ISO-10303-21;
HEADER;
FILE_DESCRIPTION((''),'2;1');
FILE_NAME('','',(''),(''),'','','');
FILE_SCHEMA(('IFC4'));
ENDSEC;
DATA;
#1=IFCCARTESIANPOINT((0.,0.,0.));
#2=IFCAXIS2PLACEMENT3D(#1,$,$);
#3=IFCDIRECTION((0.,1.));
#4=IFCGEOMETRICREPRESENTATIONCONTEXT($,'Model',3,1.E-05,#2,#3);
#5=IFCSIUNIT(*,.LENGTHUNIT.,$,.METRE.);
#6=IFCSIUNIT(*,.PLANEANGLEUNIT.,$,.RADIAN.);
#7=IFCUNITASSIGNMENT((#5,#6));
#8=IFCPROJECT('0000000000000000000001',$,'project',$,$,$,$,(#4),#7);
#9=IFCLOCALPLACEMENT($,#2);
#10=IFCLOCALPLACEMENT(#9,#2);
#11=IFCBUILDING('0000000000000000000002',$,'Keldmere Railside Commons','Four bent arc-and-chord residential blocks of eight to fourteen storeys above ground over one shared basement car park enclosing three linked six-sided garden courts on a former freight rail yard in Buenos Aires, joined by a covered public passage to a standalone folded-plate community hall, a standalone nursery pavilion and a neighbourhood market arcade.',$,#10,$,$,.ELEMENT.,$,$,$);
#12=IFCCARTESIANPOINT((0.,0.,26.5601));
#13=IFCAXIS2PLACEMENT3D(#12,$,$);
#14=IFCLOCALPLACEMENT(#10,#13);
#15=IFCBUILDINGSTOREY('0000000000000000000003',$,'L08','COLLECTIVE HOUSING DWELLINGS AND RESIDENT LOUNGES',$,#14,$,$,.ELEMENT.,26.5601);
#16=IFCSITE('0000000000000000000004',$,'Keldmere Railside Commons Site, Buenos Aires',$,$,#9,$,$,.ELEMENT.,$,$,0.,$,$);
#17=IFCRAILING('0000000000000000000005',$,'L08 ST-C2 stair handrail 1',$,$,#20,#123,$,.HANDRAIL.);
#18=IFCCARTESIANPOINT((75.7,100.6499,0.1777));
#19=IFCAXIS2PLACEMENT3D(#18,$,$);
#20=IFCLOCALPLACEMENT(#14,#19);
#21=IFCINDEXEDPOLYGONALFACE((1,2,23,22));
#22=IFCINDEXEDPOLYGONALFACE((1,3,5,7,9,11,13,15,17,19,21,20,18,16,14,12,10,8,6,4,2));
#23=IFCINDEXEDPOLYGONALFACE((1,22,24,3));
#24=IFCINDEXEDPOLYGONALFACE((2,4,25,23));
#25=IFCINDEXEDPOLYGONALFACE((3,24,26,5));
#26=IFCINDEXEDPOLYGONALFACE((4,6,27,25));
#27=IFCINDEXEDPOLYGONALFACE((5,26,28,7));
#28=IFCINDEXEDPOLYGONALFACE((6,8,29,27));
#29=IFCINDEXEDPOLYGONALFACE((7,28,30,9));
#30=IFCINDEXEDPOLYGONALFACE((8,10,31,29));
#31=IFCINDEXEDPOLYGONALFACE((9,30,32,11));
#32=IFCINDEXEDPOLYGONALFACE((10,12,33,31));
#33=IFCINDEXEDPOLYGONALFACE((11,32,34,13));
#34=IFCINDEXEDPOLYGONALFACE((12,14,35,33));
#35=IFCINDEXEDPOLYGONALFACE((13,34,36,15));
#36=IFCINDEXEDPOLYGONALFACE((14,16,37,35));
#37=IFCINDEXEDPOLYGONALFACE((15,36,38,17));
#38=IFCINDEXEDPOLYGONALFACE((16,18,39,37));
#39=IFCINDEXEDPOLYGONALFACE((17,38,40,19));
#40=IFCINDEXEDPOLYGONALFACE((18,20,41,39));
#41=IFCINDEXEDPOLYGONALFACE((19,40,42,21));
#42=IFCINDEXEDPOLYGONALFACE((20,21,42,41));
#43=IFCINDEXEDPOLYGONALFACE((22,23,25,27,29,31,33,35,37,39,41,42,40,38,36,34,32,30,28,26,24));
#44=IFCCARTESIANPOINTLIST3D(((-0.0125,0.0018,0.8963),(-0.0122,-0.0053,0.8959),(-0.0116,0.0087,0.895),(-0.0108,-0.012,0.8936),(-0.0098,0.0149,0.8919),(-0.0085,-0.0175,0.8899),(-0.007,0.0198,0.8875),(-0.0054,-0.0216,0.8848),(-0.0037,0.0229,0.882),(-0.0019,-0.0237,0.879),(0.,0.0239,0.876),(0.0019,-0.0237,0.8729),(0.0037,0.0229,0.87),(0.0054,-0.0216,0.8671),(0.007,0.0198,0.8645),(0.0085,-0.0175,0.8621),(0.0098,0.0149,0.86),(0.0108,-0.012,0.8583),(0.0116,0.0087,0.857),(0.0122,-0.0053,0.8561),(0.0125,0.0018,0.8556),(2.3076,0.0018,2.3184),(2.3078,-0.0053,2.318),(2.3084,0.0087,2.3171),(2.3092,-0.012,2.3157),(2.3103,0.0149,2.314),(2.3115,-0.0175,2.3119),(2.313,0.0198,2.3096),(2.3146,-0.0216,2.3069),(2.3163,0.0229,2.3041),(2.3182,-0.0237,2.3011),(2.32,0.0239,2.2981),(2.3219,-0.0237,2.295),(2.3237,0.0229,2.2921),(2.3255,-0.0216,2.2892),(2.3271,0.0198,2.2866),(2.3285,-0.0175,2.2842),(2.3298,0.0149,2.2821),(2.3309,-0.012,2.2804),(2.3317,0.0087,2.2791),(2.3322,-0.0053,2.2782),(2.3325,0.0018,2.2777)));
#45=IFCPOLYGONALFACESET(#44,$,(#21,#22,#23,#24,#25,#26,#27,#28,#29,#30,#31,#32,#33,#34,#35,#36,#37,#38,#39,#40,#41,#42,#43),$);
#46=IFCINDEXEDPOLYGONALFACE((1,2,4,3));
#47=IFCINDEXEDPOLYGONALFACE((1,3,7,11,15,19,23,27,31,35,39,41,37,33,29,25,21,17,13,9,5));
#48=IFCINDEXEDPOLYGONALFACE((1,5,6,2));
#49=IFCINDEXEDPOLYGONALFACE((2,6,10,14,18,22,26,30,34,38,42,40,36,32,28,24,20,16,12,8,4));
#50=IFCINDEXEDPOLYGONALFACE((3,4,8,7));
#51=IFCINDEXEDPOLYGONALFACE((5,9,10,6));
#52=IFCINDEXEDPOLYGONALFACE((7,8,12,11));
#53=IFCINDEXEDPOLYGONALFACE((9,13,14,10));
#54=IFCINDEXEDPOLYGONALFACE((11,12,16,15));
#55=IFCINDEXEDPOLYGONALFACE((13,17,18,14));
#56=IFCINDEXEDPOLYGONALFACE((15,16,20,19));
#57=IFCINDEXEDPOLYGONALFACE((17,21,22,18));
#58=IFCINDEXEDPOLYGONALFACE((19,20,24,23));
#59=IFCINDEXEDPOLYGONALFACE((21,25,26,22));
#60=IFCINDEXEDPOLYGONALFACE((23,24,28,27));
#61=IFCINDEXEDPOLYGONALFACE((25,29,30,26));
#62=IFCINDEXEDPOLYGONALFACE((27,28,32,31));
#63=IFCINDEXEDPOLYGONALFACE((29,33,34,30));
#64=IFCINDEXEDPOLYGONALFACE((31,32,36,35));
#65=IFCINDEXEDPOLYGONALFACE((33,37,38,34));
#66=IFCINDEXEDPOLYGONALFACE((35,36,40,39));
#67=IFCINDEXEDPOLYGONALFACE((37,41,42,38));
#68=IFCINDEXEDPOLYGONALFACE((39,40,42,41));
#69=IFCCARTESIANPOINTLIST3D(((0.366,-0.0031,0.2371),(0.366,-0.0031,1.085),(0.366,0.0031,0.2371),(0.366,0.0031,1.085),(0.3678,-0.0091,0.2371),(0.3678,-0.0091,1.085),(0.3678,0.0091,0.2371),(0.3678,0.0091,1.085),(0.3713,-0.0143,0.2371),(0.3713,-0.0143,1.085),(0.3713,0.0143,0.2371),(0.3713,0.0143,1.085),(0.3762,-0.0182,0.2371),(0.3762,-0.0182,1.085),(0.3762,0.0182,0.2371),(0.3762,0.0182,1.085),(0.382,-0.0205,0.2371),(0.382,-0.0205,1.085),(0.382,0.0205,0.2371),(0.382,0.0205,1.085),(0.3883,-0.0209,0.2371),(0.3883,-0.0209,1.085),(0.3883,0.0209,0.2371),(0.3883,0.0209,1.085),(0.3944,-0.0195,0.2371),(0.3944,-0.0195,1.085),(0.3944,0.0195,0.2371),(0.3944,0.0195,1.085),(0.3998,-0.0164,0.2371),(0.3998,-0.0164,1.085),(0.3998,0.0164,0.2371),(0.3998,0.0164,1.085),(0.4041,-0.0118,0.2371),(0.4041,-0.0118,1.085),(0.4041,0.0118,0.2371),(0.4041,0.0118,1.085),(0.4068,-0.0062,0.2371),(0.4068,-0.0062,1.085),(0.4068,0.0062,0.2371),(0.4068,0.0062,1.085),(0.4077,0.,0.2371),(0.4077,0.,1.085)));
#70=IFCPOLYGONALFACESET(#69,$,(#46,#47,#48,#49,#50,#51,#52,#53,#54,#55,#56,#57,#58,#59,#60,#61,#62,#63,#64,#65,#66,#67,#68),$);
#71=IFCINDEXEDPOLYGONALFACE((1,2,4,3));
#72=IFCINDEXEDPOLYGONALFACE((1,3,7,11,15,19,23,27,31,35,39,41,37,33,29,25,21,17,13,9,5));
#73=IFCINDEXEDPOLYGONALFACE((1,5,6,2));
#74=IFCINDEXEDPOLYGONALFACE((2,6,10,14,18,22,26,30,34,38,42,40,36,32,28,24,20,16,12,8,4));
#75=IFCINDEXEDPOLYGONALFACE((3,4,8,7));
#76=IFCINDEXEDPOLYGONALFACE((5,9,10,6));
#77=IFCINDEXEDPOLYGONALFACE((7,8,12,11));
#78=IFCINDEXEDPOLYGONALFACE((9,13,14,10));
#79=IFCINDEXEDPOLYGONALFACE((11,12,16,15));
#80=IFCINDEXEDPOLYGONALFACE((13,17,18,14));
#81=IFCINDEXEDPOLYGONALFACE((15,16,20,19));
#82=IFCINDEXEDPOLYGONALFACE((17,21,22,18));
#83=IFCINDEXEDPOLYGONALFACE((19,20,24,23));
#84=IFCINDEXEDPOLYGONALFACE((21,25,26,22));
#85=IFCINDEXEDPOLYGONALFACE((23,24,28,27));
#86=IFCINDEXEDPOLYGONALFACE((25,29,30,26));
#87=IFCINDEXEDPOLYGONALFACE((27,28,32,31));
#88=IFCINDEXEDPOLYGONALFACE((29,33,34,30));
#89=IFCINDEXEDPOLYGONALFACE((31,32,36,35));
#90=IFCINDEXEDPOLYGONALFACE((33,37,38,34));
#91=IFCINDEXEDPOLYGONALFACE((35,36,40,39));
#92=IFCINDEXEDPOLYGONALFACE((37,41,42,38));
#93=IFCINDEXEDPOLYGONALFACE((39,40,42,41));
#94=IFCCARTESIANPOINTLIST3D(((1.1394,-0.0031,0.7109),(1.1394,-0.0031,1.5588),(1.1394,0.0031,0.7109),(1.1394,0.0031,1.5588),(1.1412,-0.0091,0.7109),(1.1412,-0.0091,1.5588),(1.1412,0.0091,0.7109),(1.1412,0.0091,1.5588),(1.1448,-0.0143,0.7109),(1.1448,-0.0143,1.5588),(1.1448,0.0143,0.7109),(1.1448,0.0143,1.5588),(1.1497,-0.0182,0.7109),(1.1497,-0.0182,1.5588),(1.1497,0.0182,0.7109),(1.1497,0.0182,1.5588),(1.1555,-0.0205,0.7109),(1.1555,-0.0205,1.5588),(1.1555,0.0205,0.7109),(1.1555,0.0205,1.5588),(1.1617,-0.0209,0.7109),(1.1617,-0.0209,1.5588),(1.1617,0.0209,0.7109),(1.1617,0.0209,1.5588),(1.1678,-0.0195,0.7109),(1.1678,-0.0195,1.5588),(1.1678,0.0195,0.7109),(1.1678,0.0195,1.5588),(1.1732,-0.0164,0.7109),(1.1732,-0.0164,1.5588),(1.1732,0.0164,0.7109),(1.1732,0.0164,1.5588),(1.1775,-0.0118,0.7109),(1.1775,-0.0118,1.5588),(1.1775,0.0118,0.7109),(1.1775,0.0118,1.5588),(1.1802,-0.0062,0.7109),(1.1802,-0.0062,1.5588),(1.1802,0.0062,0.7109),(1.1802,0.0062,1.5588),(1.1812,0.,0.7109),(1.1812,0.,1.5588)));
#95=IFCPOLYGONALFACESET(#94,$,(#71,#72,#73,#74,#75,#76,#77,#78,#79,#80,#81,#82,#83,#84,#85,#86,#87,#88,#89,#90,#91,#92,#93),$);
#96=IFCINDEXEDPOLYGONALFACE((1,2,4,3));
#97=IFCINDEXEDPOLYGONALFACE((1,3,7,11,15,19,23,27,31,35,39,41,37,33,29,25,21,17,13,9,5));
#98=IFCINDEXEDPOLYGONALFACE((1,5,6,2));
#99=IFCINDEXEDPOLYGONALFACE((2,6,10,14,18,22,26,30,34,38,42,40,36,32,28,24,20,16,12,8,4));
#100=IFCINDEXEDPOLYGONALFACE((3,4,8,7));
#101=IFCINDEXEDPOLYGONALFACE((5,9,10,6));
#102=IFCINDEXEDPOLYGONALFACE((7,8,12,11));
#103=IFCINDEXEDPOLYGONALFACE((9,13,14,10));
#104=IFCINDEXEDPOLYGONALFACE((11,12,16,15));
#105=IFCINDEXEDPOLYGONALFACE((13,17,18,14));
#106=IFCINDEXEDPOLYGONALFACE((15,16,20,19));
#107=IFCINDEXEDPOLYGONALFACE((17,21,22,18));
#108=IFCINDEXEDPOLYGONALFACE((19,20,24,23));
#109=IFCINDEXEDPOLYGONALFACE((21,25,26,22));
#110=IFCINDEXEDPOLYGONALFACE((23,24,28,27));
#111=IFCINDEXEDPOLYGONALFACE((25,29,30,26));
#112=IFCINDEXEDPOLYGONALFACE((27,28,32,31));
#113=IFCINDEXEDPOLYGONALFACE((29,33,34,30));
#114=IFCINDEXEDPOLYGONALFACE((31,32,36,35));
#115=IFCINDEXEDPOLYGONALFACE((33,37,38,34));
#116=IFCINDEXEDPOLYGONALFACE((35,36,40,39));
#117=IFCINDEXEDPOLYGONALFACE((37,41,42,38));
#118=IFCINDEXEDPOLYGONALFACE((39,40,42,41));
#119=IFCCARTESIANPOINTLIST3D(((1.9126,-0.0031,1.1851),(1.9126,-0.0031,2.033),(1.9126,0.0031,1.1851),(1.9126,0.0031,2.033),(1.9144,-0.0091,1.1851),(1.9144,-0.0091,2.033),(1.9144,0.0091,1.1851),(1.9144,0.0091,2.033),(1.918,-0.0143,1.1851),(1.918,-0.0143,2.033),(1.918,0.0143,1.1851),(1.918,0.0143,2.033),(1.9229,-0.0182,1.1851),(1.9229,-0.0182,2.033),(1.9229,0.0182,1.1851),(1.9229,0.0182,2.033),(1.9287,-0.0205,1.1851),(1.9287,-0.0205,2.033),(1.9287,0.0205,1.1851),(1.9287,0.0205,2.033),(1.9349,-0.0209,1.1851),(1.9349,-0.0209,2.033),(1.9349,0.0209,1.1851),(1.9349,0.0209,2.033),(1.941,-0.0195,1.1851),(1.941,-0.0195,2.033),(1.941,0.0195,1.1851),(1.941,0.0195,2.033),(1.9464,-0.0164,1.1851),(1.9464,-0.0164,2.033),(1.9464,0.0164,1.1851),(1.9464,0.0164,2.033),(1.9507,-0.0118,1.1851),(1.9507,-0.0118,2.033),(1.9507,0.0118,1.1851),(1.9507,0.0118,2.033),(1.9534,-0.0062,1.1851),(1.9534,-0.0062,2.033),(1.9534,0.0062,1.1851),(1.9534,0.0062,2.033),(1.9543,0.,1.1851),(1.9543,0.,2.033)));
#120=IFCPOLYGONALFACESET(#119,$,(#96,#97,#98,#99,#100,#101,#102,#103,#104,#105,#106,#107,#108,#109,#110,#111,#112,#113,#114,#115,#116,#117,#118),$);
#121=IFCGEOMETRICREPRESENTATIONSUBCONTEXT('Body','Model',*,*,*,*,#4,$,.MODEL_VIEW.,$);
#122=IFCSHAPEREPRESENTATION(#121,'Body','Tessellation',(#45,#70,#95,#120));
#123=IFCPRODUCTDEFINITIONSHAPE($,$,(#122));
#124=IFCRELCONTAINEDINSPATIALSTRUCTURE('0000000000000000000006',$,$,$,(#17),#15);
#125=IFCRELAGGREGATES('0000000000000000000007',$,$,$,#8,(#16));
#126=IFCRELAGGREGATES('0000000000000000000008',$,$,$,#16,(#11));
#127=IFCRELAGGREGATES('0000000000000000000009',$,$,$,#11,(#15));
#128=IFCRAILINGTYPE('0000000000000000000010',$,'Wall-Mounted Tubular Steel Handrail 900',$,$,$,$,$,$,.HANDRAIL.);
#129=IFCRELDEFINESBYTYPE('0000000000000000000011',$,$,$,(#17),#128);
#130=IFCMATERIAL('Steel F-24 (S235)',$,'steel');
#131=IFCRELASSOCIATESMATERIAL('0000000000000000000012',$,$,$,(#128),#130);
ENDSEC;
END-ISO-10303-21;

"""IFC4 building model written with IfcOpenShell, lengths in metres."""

from ifc_helpers import new_model, si_unit, direction, frame, origin, origin_2d, place, context, subcontext, project, spatial, circle, extrude, material, type_object, element, save


model = new_model("IFC4")

# Units and contexts
model_context = context("Model", 3, precision=1e-05, world=origin(), true_north=direction((0.0, 1.0)))
body_context = subcontext(model_context, "Body", "Model", "MODEL_VIEW")
ifc_project = project(units=[si_unit("LENGTHUNIT", "METRE"), si_unit("PLANEANGLEUNIT", "RADIAN")], contexts=[model_context])

# Site, building, storey
site_placement = place(None, origin())
site = spatial("IfcSite", under=ifc_project, at=site_placement, Name="Keldmere Railside Commons Site, Buenos Aires", CompositionType="ELEMENT", RefElevation=0.0)
building_placement = place(site_placement, origin())
building = spatial("IfcBuilding", under=site, at=building_placement, Name="Keldmere Railside Commons", Description="Four bent arc-and-chord residential blocks of eight to fourteen storeys above ground over one shared basement car park enclosing three linked six-sided garden courts on a former freight rail yard in Buenos Aires, joined by a covered public passage to a standalone folded-plate community hall, a standalone nursery pavilion and a neighbourhood market arcade.", CompositionType="ELEMENT")
storey_placement = place(building_placement, frame((0.0, 0.0, 26.5601)))
storey = spatial("IfcBuildingStorey", under=building, at=storey_placement, Name="L08", Description="COLLECTIVE HOUSING DWELLINGS AND RESIDENT LOUNGES", CompositionType="ELEMENT", Elevation=26.5601)

# Shared definitions
ifc_material_1 = material(Name="Steel F-24 (S235)", Category="steel")

# Railing
railing_type_1 = type_object("IfcRailingType", Name="Wall-Mounted Tubular Steel Handrail 900", PredefinedType="HANDRAIL", material=ifc_material_1)
railing_1_placement = place(storey_placement, frame((75.7, 100.6499, 0.1777)))
element("IfcRailing", 1, at=railing_1_placement, inside=storey, type_object=railing_type_1, Name="L08 ST-C2 stair handrail 1", PredefinedType="HANDRAIL", context=body_context, shape_type="SweptSolid", body=[
    extrude(circle(Radius=0.0239, at=origin_2d()), frame((0.0, 0.0, 0.876), z_axis=(0.852578, 0.0, 0.5226), x_axis=(0.0, 1.0, 0.0)), (0.0, 0.0, 1.0), 2.7212),
    extrude(circle(Radius=0.021, at=origin_2d()), frame((0.3867, 0.0, 0.2371)), (0.0, 0.0, 1.0), 0.8479),
    extrude(circle(Radius=0.021, at=origin_2d()), frame((1.1602, 0.0, 0.7109)), (0.0, 0.0, 1.0), 0.8479),
    extrude(circle(Radius=0.021, at=origin_2d()), frame((1.9333, 0.0, 1.1851)), (0.0, 0.0, 1.0), 0.8479),
])

save(model, "model.ifc")
